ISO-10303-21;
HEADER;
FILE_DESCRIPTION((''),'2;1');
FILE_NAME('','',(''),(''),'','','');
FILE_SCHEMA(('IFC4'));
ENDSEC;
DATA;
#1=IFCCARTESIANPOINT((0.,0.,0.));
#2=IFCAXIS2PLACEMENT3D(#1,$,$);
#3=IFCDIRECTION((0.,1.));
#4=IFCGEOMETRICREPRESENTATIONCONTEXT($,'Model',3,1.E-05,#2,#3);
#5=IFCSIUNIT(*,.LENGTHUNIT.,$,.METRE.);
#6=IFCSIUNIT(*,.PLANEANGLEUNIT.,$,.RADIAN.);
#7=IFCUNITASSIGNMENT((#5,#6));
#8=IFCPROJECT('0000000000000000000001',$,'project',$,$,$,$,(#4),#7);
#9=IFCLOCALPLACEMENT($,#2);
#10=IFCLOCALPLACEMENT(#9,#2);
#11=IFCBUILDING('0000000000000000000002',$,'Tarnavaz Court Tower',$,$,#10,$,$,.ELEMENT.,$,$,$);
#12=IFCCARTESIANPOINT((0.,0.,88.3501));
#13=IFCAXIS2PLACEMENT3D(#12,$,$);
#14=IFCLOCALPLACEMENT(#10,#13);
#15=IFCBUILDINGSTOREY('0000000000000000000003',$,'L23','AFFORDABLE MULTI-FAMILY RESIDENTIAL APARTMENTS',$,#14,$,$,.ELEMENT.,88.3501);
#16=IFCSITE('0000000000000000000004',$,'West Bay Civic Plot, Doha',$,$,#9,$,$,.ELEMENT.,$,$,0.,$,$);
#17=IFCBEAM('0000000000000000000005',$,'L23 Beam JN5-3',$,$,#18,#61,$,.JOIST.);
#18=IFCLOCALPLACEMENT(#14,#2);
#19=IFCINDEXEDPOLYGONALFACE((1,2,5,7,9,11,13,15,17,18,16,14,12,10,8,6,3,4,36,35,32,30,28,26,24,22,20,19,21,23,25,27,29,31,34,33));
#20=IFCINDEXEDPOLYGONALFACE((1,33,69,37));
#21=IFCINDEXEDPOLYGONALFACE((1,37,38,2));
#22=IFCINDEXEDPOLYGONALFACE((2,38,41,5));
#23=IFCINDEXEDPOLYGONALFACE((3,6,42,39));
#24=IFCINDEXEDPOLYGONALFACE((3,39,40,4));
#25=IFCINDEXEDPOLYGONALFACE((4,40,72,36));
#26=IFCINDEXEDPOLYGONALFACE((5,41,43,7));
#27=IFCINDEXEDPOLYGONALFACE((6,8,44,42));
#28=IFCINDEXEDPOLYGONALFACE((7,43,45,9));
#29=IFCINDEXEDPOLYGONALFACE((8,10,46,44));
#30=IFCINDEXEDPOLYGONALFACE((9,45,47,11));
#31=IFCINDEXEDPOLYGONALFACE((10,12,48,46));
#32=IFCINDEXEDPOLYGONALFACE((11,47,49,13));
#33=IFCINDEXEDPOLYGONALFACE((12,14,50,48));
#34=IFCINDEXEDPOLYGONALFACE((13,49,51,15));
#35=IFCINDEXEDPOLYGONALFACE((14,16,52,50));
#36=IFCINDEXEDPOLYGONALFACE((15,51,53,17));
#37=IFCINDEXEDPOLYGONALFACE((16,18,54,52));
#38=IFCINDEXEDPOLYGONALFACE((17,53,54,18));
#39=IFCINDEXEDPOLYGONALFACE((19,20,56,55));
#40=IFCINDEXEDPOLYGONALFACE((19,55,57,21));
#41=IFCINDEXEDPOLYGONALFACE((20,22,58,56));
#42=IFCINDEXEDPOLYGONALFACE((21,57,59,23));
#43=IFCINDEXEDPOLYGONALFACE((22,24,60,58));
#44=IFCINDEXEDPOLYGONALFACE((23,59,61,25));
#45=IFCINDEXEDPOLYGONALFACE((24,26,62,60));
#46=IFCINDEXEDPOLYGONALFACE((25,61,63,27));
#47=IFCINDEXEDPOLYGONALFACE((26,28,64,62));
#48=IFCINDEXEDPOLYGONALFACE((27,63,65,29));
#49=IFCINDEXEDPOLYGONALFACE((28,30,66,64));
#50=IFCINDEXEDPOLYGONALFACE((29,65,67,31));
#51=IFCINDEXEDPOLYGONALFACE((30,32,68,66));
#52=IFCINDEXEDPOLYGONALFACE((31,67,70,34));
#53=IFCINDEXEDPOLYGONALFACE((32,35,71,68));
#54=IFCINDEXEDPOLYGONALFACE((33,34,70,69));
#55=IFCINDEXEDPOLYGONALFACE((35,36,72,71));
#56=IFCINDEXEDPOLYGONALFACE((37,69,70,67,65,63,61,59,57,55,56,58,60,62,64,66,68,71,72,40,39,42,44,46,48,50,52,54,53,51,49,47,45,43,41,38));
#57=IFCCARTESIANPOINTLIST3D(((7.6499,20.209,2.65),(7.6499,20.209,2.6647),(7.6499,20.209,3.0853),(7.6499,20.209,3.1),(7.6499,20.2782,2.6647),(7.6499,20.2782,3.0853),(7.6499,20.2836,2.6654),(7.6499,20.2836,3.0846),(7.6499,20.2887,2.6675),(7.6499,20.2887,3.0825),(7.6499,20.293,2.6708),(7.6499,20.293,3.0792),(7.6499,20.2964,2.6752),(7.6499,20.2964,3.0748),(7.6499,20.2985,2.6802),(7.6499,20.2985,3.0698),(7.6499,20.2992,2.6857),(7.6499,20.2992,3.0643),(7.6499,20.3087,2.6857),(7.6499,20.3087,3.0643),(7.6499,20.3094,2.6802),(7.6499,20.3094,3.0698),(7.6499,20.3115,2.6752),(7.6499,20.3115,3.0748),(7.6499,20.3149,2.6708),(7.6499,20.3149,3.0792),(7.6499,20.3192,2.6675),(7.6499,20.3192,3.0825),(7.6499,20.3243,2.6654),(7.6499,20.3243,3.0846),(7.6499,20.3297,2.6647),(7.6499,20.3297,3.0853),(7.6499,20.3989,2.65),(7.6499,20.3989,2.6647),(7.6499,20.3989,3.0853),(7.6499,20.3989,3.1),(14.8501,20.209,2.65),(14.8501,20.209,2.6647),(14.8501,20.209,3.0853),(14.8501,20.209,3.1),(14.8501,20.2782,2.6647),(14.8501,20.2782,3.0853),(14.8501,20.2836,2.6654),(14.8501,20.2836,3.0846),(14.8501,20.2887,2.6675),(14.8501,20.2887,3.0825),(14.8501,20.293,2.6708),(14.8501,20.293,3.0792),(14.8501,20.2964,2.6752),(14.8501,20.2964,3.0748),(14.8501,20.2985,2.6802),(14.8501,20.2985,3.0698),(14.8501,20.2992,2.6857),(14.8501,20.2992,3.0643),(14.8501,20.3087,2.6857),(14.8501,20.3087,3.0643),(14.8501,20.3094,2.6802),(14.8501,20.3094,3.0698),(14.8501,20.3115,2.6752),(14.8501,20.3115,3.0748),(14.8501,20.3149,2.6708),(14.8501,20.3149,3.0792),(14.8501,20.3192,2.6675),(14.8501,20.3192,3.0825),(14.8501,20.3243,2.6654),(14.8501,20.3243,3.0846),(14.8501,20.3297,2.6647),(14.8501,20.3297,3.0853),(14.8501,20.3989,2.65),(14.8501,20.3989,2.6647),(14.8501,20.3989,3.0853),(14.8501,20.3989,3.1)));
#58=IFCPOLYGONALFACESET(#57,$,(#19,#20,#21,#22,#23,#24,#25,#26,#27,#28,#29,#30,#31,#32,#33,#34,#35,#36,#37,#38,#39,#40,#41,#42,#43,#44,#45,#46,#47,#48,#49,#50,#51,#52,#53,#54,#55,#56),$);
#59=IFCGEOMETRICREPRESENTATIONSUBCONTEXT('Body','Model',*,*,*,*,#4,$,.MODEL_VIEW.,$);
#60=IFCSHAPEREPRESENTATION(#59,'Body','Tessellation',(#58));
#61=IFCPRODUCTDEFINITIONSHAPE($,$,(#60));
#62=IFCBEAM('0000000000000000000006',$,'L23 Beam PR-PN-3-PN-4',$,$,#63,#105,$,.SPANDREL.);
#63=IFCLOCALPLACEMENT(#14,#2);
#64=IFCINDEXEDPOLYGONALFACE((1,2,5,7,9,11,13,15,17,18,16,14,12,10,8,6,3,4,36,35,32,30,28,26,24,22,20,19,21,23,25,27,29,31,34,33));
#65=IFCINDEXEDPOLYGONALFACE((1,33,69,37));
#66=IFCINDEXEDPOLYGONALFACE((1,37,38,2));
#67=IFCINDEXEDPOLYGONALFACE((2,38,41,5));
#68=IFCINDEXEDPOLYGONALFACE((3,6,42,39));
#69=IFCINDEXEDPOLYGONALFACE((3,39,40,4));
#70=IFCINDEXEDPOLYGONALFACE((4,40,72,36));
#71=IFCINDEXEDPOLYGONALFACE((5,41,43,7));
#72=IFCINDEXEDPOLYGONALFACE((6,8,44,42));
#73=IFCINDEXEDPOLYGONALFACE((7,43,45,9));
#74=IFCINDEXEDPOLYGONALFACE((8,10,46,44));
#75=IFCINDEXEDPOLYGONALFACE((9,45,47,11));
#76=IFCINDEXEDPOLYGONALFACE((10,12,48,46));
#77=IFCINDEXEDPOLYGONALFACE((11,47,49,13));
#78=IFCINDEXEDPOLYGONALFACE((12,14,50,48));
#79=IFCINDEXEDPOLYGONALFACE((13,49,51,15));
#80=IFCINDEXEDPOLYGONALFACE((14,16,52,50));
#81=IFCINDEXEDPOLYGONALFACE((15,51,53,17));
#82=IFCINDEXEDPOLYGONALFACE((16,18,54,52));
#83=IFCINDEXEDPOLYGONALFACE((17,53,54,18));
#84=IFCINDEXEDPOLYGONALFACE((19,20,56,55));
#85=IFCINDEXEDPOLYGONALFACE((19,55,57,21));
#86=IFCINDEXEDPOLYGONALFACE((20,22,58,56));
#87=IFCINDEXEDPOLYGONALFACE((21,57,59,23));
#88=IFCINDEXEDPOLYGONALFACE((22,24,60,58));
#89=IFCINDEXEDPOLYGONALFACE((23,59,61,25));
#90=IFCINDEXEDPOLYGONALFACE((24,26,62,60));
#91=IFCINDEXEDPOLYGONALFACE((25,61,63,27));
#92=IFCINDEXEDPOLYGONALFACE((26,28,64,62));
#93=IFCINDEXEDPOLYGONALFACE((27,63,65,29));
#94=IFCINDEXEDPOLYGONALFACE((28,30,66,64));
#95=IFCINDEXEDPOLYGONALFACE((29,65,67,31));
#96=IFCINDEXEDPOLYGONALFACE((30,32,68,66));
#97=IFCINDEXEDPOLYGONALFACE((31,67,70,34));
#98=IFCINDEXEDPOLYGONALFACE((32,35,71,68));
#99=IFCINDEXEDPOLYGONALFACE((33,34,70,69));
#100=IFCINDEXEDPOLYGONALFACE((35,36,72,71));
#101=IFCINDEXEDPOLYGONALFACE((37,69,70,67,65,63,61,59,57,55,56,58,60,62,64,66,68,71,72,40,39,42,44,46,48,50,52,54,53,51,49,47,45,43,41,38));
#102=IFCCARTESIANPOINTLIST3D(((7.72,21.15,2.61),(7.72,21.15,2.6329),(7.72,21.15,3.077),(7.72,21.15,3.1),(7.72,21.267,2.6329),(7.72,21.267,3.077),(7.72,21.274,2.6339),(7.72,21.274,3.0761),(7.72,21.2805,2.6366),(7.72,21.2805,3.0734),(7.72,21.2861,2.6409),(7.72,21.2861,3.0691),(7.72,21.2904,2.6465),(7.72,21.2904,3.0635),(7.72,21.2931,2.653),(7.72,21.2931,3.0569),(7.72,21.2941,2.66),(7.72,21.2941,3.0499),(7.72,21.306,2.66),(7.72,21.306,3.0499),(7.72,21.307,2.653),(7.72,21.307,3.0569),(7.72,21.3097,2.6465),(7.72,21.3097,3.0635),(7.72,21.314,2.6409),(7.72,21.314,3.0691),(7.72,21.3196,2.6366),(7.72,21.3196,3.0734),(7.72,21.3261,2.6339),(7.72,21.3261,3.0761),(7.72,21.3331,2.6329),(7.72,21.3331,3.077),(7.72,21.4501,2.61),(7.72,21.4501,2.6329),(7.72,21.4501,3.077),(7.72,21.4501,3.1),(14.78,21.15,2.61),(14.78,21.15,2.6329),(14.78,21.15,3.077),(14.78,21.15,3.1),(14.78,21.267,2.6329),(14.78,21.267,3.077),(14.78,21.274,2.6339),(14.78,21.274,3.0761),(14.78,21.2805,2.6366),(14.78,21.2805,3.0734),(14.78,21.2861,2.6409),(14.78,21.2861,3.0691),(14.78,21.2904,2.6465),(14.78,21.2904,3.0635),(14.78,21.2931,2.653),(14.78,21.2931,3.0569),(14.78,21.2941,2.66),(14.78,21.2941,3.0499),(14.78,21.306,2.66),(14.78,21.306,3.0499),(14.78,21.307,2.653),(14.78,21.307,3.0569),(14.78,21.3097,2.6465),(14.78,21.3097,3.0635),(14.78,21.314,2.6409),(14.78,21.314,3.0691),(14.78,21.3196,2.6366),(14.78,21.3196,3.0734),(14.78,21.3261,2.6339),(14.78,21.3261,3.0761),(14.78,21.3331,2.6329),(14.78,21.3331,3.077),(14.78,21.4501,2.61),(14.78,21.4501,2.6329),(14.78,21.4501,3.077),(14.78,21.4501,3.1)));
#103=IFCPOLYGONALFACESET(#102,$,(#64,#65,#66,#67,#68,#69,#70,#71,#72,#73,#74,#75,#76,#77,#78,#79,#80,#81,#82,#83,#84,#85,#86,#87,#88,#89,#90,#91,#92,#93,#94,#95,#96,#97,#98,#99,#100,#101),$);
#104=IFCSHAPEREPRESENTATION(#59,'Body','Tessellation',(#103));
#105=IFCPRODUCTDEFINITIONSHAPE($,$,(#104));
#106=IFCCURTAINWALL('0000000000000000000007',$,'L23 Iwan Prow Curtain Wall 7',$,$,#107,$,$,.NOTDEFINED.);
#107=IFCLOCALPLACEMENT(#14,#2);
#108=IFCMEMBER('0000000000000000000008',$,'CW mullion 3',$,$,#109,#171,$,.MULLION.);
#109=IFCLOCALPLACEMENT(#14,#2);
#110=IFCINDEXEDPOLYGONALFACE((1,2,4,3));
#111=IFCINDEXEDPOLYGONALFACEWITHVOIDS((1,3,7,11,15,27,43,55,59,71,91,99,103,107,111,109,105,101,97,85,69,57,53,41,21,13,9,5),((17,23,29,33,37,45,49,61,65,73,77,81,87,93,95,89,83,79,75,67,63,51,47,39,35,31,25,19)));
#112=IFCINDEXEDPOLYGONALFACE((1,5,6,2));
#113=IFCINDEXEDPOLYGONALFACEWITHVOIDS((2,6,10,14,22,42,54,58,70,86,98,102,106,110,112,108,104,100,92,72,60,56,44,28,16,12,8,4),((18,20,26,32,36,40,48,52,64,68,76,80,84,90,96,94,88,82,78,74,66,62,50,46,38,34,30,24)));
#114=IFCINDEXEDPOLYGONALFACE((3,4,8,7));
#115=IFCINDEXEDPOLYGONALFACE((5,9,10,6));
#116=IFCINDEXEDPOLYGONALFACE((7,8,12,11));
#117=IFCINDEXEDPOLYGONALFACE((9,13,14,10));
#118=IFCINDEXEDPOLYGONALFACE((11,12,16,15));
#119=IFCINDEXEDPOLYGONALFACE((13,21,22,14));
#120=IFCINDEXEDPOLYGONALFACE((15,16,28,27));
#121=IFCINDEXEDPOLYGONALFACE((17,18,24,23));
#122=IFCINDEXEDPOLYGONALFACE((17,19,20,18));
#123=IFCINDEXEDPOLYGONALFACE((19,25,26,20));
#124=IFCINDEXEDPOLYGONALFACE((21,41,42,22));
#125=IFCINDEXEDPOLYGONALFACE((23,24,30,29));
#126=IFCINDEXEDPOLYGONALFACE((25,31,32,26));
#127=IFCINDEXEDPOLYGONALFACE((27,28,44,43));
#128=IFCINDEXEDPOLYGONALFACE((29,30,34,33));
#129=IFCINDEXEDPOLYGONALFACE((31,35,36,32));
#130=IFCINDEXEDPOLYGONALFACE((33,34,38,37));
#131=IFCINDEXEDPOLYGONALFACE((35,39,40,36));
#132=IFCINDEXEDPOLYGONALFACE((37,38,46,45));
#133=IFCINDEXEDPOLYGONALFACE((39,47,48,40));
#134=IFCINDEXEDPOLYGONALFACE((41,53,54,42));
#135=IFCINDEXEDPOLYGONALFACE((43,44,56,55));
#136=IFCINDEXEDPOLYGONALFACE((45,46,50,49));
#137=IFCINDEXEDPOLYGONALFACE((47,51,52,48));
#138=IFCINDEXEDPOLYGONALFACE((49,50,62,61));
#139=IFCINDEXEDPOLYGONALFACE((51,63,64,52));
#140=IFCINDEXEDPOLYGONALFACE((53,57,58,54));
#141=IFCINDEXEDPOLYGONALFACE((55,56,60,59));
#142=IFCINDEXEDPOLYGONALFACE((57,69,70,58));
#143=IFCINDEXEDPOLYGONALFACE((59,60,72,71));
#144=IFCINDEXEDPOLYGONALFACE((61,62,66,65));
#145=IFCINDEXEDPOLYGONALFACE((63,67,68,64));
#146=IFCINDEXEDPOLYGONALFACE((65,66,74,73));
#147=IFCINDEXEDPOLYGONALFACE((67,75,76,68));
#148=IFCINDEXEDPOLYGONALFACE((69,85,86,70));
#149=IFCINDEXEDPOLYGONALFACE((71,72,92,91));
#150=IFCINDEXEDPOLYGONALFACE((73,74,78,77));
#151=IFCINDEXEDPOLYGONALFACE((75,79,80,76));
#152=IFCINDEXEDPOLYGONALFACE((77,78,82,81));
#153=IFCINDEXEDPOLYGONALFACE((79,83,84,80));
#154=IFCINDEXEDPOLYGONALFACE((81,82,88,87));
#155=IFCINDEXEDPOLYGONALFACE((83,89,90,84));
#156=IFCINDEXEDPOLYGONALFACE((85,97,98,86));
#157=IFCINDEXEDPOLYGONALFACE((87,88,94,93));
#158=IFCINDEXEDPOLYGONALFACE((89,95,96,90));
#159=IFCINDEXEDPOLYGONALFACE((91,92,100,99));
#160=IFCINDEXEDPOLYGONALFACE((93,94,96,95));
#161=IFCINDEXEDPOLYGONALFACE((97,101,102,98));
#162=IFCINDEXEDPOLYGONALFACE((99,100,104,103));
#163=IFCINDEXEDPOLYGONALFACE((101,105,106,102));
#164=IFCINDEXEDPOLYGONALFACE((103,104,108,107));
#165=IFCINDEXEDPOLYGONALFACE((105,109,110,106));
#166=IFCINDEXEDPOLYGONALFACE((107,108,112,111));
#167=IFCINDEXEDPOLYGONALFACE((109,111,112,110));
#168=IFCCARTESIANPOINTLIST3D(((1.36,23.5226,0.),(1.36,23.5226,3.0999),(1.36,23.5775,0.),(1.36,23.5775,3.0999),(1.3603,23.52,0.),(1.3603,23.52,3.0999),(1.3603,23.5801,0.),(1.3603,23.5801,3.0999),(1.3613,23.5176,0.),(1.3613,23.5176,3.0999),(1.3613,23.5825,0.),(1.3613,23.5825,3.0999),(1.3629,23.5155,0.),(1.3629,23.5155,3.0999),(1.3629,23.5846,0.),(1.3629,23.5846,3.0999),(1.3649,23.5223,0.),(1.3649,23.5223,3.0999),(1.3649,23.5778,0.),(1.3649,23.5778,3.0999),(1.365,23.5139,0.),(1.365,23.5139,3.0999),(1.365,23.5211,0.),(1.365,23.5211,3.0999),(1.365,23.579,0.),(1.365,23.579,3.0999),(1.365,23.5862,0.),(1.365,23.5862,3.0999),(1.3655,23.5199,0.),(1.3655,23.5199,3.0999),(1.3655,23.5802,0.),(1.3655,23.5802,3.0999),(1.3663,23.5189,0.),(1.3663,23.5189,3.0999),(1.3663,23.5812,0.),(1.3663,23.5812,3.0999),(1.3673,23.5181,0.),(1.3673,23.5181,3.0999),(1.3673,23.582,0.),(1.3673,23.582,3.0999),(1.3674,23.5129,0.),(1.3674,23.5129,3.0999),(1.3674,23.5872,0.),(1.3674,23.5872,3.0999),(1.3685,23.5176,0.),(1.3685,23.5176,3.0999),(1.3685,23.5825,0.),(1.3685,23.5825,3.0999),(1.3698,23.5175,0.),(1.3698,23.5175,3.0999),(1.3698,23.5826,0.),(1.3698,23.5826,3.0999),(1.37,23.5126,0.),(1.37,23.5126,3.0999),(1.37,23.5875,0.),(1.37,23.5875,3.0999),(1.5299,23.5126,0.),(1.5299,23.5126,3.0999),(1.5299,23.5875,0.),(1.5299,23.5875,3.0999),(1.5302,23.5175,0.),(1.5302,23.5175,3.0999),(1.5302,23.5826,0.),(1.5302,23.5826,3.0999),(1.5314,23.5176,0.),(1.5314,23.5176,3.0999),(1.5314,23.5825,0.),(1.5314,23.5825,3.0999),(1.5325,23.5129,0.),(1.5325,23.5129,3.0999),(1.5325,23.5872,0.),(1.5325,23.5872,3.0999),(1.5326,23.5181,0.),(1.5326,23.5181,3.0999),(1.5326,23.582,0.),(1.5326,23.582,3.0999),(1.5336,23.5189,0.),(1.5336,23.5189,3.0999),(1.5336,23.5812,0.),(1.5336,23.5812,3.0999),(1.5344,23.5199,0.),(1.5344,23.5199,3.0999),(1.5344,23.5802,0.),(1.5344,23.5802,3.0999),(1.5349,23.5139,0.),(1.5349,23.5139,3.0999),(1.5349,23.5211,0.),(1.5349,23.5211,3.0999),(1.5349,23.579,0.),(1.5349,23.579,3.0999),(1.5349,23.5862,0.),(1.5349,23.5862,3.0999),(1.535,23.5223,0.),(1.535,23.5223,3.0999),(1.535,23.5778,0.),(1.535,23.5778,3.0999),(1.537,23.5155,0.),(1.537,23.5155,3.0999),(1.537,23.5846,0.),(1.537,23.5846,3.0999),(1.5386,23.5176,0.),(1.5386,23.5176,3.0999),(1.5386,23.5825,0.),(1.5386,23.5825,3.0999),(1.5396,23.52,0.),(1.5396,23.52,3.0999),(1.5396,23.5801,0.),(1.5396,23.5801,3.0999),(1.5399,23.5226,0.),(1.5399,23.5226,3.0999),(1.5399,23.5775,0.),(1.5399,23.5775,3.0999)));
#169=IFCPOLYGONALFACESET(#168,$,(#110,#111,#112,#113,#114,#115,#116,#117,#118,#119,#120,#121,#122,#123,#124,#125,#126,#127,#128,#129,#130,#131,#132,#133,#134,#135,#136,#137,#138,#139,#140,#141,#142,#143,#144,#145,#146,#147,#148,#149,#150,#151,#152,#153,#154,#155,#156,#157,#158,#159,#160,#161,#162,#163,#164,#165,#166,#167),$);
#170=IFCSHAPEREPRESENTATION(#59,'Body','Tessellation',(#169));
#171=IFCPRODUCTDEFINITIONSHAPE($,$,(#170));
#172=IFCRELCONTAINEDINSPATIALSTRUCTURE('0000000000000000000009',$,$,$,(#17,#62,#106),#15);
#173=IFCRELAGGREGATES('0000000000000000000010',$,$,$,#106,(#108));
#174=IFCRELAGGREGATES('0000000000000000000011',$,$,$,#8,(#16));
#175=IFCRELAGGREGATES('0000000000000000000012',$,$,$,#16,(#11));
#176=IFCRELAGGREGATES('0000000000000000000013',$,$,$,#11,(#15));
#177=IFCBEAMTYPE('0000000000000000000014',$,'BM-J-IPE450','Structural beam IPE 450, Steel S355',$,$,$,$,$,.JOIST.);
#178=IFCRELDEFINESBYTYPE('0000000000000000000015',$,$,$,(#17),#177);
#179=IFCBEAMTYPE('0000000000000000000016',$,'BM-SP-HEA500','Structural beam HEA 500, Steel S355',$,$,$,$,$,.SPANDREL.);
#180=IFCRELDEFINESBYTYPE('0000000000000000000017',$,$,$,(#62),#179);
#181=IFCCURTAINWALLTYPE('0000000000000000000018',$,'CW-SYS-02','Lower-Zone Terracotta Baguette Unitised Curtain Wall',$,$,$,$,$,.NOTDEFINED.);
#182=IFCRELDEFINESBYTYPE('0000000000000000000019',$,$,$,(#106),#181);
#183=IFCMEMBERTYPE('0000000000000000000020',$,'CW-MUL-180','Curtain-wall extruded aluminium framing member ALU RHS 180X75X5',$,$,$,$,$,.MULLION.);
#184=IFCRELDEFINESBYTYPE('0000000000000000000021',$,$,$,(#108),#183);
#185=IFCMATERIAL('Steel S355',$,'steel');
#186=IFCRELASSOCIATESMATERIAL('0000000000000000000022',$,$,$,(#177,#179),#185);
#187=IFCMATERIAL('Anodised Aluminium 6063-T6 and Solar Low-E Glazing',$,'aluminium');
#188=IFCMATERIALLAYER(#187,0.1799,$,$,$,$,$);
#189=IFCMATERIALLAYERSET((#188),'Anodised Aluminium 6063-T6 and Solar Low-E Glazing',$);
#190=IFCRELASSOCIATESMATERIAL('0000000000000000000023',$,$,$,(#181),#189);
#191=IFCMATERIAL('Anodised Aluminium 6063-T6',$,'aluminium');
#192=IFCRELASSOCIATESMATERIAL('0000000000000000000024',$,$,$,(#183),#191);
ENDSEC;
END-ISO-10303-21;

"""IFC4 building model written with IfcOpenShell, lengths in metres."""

from ifc_helpers import new_model, si_unit, direction, frame, origin, origin_2d, place, context, subcontext, project, spatial, hollow_rectangle, i_section, extrude, material, layer, layer_set, material_profile, profile_set, type_object, element, aggregate, save


model = new_model("IFC4")

# Units and contexts
model_context = context("Model", 3, precision=1e-05, world=origin(), true_north=direction((0.0, 1.0)))
body_context = subcontext(model_context, "Body", "Model", "MODEL_VIEW")
ifc_project = project(units=[si_unit("LENGTHUNIT", "METRE"), si_unit("PLANEANGLEUNIT", "RADIAN")], contexts=[model_context])

# Site, building, storey
site_placement = place(None, origin())
site = spatial("IfcSite", under=ifc_project, at=site_placement, Name="West Bay Civic Plot, Doha", CompositionType="ELEMENT", RefElevation=0.0)
building_placement = place(site_placement, origin())
building = spatial("IfcBuilding", under=site, at=building_placement, Name="Tarnavaz Court Tower", CompositionType="ELEMENT")
storey_placement = place(building_placement, frame((0.0, 0.0, 88.3501)))
storey = spatial("IfcBuildingStorey", under=building, at=storey_placement, Name="L23", Description="AFFORDABLE MULTI-FAMILY RESIDENTIAL APARTMENTS", CompositionType="ELEMENT", Elevation=88.3501)

# Beams
ifc_material_1 = material(Name="Steel S355", Category="steel")
ifc_material_profile_1 = material_profile(ifc_material_1, i_section(OverallWidth=0.1899, OverallDepth=0.45, WebThickness=0.0095, FlangeThickness=0.0146, FilletRadius=0.021, at=origin_2d()), Name="IPE 450")
ifc_profile_set_1 = profile_set([ifc_material_profile_1], Name="Steel S355")
beam_type_1 = type_object("IfcBeamType", Name="BM-J-IPE450", Description="Structural beam IPE 450, Steel S355", PredefinedType="JOIST", material=ifc_profile_set_1)
for number, where, z_axis, x_axis, name in (
    (1, (7.6499, 20.304, 2.875), (1.0, 0.0, 0.0), (0.0, 1.0, 0.0), "L23 Beam JN5-3"),
):
    element("IfcBeam", number, at=place(storey_placement, frame(where, z_axis=z_axis, x_axis=x_axis)), inside=storey, type_object=beam_type_1, Name=name, PredefinedType="JOIST", context=body_context, shape_type="SweptSolid", body=[
        extrude(i_section(OverallWidth=0.1899, OverallDepth=0.45, WebThickness=0.0095, FlangeThickness=0.0146, FilletRadius=0.021, at=origin_2d()), origin(), (0.0, 0.0, 1.0), 7.2002),
    ])
ifc_material_profile_2 = material_profile(ifc_material_1, i_section(OverallWidth=0.3, OverallDepth=0.49, WebThickness=0.012, FlangeThickness=0.0229, FilletRadius=0.0271, at=origin_2d()), Name="HEA 500")
ifc_profile_set_2 = profile_set([ifc_material_profile_2], Name="Steel S355")
beam_type_2 = type_object("IfcBeamType", Name="BM-SP-HEA500", Description="Structural beam HEA 500, Steel S355", PredefinedType="SPANDREL", material=ifc_profile_set_2)
beam_placement = place(storey_placement, frame((7.72, 21.3, 2.855), z_axis=(1.0, 0.0, 0.0), x_axis=(0.0, 1.0, 0.0)))
element("IfcBeam", 2, at=beam_placement, inside=storey, type_object=beam_type_2, Name="L23 Beam PR-PN-3-PN-4", PredefinedType="SPANDREL", context=body_context, shape_type="SweptSolid", body=[
    extrude(i_section(OverallWidth=0.3, OverallDepth=0.49, WebThickness=0.012, FlangeThickness=0.0229, FilletRadius=0.0271, at=origin_2d()), origin(), (0.0, 0.0, 1.0), 7.0601),
])

# Curtain wall, member
ifc_material_2 = material(Name="Anodised Aluminium 6063-T6 and Solar Low-E Glazing", Category="aluminium")
ifc_layer_1 = layer(ifc_material_2, 0.1799)
ifc_layer_set_1 = layer_set([ifc_layer_1], Name="Anodised Aluminium 6063-T6 and Solar Low-E Glazing")
curtain_wall_type = type_object("IfcCurtainWallType", Name="CW-SYS-02", Description="Lower-Zone Terracotta Baguette Unitised Curtain Wall", PredefinedType="NOTDEFINED", material=ifc_layer_set_1)
curtain_wall_placement = place(storey_placement, origin())
curtain_wall = element("IfcCurtainWall", 3, at=curtain_wall_placement, inside=storey, type_object=curtain_wall_type, Name="L23 Iwan Prow Curtain Wall 7", PredefinedType="NOTDEFINED")
ifc_material_3 = material(Name="Anodised Aluminium 6063-T6", Category="aluminium")
ifc_material_profile_3 = material_profile(ifc_material_3, hollow_rectangle(XDim=0.075, YDim=0.1799, WallThickness=0.0049, InnerFilletRadius=0.0049, OuterFilletRadius=0.01, at=origin_2d()), Name="ALU RHS 180X75X5")
ifc_profile_set_3 = profile_set([ifc_material_profile_3], Name="Anodised Aluminium 6063-T6")
member_type_1 = type_object("IfcMemberType", Name="CW-MUL-180", Description="Curtain-wall extruded aluminium framing member ALU RHS 180X75X5", PredefinedType="MULLION", material=ifc_profile_set_3)
member_1_placement = place(storey_placement, frame((1.45, 23.55, 0.0), z_axis=(0.0, 0.0, 1.0), x_axis=(0.0, 1.0, 0.0)))
member_1 = element("IfcMember", 4, at=member_1_placement, type_object=member_type_1, Name="CW mullion 3", PredefinedType="MULLION", context=body_context, shape_type="SweptSolid", body=[
    extrude(hollow_rectangle(XDim=0.075, YDim=0.1799, WallThickness=0.0049, InnerFilletRadius=0.0049, OuterFilletRadius=0.01, at=origin_2d()), origin(), (0.0, 0.0, 1.0), 3.0999),
])
aggregate(curtain_wall, [member_1])

save(model, "model.ifc")
